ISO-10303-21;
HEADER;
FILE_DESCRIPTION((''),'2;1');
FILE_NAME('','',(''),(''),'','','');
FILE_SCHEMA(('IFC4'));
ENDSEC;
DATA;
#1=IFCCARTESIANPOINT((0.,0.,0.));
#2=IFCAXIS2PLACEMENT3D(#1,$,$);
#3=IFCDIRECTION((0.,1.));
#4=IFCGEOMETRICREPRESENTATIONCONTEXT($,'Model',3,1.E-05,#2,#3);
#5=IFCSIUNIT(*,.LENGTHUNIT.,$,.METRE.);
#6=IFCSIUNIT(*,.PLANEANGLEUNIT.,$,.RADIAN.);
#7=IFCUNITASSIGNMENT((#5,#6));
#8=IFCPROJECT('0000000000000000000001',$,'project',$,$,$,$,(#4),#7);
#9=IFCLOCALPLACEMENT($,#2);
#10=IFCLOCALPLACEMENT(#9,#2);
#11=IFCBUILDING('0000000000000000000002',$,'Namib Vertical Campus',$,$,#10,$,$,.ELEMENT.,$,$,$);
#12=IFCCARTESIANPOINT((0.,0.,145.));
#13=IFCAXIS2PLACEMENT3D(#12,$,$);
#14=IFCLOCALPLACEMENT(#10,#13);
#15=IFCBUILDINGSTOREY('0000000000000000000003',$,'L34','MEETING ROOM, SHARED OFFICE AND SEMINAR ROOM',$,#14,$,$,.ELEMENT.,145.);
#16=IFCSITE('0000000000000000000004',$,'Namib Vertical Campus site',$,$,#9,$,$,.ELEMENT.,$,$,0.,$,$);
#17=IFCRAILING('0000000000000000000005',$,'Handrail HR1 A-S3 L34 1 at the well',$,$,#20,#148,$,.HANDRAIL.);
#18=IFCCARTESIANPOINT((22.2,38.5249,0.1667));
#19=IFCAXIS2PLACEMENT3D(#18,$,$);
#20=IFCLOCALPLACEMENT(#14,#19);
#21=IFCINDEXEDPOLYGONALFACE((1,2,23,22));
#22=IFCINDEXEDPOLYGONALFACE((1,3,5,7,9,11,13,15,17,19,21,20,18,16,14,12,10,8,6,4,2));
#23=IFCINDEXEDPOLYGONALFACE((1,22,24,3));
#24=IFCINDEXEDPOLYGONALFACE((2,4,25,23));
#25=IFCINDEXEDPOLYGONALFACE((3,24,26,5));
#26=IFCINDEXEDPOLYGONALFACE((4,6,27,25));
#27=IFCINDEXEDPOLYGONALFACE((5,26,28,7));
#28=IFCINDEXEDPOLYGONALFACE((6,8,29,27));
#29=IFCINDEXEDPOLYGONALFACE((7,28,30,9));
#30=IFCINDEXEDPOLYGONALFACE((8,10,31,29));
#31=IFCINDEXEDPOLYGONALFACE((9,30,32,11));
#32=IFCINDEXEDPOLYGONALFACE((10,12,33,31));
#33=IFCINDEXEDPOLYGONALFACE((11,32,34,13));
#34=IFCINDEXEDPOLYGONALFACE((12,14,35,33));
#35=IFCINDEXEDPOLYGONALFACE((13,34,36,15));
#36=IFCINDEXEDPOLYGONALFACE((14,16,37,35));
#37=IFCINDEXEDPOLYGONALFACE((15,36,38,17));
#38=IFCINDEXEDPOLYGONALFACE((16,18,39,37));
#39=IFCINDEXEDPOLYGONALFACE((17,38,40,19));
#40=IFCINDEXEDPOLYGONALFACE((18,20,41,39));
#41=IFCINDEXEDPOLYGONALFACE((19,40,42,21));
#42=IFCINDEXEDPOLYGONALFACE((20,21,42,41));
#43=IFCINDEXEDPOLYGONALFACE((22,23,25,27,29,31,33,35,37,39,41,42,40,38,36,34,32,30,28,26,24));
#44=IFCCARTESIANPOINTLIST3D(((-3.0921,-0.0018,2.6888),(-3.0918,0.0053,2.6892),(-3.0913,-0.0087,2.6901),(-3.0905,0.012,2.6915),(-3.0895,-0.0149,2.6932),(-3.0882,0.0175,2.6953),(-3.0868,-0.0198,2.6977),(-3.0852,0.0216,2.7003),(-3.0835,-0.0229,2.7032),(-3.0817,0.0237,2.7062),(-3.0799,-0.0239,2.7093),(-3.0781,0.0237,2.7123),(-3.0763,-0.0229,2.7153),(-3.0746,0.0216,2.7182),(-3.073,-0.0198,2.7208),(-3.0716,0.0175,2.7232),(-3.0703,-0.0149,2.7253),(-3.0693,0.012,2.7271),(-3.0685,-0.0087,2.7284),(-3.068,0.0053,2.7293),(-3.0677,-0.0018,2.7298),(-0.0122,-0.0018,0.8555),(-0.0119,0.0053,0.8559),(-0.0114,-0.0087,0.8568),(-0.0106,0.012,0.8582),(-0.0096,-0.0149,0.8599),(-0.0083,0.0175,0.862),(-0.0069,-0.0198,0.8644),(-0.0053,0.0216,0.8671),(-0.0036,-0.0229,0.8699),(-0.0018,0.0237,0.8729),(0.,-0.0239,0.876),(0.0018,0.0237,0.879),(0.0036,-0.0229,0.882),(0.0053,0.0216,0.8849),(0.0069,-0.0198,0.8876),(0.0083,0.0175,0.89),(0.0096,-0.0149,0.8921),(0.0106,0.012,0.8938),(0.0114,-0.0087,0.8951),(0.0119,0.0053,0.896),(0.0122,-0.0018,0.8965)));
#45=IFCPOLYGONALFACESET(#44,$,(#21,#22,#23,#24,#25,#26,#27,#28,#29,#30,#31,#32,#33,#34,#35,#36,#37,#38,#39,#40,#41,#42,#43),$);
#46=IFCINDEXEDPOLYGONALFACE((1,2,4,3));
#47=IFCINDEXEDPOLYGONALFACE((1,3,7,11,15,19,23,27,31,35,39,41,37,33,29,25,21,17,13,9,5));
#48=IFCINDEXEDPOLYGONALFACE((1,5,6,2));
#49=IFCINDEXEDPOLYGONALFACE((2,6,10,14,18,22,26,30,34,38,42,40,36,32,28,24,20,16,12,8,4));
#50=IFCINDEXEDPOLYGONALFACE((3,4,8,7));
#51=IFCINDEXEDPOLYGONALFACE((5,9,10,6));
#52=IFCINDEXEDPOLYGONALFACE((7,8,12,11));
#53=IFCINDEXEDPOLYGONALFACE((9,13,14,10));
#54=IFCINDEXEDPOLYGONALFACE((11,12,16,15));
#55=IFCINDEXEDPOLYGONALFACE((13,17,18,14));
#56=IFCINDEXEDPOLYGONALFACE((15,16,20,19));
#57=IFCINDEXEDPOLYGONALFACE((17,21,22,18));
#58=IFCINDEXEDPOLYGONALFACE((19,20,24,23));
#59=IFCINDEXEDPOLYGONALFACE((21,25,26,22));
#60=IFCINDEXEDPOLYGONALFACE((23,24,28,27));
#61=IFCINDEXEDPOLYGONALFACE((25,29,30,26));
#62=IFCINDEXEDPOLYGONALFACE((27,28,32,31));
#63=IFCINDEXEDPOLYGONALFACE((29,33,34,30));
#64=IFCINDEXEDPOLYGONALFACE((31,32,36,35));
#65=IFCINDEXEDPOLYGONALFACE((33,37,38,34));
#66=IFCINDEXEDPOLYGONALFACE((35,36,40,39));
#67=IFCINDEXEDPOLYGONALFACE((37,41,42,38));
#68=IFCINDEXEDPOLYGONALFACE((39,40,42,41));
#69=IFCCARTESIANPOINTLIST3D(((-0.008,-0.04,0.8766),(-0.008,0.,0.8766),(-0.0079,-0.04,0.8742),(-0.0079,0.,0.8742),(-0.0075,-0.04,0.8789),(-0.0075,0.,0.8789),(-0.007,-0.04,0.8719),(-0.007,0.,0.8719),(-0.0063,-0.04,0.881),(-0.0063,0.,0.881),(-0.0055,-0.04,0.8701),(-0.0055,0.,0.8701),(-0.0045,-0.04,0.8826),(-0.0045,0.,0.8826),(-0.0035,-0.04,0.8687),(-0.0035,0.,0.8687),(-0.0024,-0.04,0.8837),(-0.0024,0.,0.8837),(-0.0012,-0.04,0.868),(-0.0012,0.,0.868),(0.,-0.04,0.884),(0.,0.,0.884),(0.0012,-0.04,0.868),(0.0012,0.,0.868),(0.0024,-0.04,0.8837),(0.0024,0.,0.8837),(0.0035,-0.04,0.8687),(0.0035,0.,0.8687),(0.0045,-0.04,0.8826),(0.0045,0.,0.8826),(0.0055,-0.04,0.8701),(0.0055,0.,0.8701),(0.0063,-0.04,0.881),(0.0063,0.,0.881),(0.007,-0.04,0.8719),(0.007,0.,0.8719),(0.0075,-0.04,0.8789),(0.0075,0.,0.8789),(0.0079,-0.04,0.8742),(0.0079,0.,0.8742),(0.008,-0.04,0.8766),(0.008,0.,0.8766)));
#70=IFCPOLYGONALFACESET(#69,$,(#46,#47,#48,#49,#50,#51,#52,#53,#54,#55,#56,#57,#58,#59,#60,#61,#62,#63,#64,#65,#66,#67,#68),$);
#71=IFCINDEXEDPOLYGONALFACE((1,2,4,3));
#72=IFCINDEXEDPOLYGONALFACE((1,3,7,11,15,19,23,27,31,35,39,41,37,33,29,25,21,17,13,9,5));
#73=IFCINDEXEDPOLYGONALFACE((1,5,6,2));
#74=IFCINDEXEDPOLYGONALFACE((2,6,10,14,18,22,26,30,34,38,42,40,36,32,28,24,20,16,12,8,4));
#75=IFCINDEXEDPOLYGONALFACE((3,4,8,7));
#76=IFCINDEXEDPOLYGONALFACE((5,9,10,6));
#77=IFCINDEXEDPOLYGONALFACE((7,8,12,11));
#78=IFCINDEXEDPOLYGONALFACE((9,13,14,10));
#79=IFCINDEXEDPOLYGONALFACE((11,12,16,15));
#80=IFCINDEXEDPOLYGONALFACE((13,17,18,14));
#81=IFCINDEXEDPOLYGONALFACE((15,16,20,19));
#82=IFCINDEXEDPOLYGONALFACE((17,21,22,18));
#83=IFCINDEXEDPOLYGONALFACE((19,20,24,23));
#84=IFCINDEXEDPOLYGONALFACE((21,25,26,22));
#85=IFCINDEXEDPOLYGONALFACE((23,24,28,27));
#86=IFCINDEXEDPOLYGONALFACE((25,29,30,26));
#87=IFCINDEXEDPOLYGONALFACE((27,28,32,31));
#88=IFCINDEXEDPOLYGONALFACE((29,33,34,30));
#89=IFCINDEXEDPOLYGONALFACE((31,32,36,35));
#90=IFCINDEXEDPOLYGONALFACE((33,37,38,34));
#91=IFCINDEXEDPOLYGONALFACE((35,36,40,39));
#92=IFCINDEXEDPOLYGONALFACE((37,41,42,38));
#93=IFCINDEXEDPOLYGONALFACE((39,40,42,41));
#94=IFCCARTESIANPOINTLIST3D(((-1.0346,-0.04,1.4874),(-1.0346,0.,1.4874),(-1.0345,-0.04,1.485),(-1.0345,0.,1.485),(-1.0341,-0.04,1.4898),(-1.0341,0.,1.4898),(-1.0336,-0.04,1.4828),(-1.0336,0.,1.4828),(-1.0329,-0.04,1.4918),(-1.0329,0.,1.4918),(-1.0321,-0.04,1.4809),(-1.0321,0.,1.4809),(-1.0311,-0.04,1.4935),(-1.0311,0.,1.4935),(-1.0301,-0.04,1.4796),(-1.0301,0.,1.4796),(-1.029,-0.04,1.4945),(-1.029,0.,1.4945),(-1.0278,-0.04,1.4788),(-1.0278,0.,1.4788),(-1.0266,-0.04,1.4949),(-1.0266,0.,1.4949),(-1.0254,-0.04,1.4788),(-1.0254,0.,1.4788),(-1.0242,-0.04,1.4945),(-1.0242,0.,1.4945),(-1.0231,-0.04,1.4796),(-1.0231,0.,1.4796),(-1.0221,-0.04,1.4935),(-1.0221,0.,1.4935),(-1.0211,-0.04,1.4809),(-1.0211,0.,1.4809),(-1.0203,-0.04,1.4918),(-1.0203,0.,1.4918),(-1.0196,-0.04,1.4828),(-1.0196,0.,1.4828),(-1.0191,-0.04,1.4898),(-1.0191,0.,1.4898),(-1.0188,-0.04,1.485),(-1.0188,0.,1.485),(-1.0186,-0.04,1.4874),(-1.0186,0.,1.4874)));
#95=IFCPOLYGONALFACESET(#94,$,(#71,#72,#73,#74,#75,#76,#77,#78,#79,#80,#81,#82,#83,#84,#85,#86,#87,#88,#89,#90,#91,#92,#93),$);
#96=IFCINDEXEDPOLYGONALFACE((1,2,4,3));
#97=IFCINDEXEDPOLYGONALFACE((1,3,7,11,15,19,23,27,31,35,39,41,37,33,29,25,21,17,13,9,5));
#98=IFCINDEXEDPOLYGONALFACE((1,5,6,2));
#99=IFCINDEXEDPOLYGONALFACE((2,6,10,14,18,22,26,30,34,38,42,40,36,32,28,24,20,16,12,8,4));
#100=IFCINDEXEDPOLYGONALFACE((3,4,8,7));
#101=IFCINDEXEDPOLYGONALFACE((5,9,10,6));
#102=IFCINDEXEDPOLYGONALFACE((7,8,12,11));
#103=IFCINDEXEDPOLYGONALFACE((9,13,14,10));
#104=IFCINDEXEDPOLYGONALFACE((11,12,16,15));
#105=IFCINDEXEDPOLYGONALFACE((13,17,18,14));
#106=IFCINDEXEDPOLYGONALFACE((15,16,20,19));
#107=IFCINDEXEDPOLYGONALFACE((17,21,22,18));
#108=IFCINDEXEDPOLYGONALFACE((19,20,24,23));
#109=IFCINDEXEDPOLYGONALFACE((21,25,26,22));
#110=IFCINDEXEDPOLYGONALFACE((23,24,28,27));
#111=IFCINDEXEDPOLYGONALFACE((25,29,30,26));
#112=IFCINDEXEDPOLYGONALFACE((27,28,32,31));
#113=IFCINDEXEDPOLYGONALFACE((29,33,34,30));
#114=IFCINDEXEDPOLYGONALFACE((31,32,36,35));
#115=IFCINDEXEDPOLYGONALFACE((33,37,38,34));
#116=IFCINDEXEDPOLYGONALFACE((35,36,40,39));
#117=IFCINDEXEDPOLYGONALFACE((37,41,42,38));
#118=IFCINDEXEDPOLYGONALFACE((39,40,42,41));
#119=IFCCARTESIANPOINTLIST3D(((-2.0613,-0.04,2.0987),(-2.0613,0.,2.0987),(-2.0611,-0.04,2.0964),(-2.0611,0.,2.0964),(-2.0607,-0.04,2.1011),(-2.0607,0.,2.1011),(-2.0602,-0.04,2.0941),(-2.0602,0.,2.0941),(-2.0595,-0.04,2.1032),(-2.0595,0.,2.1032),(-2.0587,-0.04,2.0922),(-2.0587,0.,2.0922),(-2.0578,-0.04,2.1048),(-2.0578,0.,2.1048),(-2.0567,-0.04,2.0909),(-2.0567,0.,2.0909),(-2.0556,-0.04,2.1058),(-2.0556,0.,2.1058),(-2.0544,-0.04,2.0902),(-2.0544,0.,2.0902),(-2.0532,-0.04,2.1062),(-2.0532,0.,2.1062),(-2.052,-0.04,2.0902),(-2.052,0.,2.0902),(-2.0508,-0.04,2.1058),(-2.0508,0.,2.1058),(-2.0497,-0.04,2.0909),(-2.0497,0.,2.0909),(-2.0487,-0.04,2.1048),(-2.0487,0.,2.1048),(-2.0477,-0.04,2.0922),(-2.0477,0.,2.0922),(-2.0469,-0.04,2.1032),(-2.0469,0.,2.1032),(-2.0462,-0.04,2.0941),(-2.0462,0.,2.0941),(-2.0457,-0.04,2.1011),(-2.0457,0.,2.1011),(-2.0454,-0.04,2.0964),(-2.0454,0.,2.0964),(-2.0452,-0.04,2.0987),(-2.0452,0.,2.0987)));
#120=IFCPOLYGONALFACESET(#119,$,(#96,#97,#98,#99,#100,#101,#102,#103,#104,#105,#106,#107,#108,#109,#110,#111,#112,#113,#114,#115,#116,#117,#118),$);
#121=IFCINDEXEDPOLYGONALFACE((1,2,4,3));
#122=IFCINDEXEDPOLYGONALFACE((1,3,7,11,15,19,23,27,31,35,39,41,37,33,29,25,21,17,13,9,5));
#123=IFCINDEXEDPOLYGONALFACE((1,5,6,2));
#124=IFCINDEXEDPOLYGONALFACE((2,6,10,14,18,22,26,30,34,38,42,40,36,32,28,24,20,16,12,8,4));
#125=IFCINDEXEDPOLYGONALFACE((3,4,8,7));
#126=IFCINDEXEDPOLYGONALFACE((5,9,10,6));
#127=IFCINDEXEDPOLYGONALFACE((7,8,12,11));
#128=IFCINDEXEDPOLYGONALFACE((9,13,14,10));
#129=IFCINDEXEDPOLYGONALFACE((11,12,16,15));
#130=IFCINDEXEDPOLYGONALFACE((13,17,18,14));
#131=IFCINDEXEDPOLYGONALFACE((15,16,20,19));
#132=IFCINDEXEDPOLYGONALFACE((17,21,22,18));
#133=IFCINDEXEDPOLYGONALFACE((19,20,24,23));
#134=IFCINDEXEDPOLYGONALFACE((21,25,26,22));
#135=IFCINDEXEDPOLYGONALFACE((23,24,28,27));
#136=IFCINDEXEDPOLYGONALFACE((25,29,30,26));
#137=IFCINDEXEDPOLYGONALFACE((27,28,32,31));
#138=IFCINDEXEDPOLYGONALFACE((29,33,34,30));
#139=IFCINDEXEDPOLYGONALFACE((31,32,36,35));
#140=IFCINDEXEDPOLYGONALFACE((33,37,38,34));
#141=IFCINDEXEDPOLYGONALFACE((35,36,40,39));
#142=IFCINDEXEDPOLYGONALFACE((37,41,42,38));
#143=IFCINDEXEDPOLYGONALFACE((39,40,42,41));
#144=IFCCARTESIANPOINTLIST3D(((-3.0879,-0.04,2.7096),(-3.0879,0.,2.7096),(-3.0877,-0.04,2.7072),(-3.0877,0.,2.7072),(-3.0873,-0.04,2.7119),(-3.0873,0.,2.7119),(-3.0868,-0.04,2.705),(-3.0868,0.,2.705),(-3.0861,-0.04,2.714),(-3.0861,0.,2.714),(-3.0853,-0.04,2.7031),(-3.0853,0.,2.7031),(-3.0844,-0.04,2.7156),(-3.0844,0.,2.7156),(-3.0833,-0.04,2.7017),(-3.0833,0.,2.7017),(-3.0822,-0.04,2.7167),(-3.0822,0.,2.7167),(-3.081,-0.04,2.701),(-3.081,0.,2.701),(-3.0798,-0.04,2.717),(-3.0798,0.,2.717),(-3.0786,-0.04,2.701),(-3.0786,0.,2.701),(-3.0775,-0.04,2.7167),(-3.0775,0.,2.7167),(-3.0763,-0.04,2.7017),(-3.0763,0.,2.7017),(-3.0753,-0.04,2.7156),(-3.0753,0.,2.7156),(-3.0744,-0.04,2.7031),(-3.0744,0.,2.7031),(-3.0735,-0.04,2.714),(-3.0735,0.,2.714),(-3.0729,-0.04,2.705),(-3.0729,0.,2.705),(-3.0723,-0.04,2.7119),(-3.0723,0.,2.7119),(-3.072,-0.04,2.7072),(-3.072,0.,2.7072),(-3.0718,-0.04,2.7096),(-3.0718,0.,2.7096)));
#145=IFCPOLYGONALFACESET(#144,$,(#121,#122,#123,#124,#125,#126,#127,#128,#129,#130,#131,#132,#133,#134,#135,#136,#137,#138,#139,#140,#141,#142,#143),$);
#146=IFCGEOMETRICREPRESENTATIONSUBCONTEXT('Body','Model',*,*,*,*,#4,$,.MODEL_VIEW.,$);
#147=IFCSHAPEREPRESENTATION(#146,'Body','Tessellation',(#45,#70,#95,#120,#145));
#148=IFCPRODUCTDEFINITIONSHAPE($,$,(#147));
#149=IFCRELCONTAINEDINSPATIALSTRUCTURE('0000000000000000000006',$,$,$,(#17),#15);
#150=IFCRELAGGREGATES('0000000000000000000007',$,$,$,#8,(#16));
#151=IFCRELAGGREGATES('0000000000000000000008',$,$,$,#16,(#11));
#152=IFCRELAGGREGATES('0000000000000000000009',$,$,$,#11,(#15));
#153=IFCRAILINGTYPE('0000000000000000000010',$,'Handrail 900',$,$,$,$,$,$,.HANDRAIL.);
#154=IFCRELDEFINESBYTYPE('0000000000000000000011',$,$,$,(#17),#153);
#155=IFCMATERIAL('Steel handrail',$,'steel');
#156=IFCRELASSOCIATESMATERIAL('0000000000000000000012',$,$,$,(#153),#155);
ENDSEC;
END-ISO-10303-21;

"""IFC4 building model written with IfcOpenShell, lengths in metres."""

from ifc_helpers import new_model, si_unit, direction, frame, origin, origin_2d, place, context, subcontext, project, spatial, circle, extrude, material, type_object, element, save


model = new_model("IFC4")

# Units and contexts
model_context = context("Model", 3, precision=1e-05, world=origin(), true_north=direction((0.0, 1.0)))
body_context = subcontext(model_context, "Body", "Model", "MODEL_VIEW")
ifc_project = project(units=[si_unit("LENGTHUNIT", "METRE"), si_unit("PLANEANGLEUNIT", "RADIAN")], contexts=[model_context])

# Site, building, storey
site_placement = place(None, origin())
site = spatial("IfcSite", under=ifc_project, at=site_placement, Name="Namib Vertical Campus site", CompositionType="ELEMENT", RefElevation=0.0)
building_placement = place(site_placement, origin())
building = spatial("IfcBuilding", under=site, at=building_placement, Name="Namib Vertical Campus", CompositionType="ELEMENT")
storey_placement = place(building_placement, frame((0.0, 0.0, 145.0)))
storey = spatial("IfcBuildingStorey", under=building, at=storey_placement, Name="L34", Description="MEETING ROOM, SHARED OFFICE AND SEMINAR ROOM", CompositionType="ELEMENT", Elevation=145.0)

# Railing
ifc_material_1 = material(Name="Steel handrail", Category="steel")
railing_type_1 = type_object("IfcRailingType", Name="Handrail 900", PredefinedType="HANDRAIL", material=ifc_material_1)
railing_1_placement = place(storey_placement, frame((22.2, 38.5249, 0.1667)))
element("IfcRailing", 1, at=railing_1_placement, inside=storey, type_object=railing_type_1, Name="Handrail HR1 A-S3 L34 1 at the well", PredefinedType="HANDRAIL", context=body_context, shape_type="SweptSolid", body=[
    extrude(circle(Radius=0.0239, at=origin_2d()), frame((0.0, 0.0, 0.876), z_axis=(-0.859291, 0.0, 0.511487), x_axis=(0.0, -1.0, 0.0)), (0.0, 0.0, 1.0), 3.5842),
    extrude(circle(Radius=0.0081, at=origin_2d()), frame((0.0, 0.0, 0.876), z_axis=(0.0, -1.0, 0.0), x_axis=(0.0, 0.0, 1.0)), (0.0, 0.0, 1.0), 0.04),
    extrude(circle(Radius=0.0081, at=origin_2d()), frame((-1.0266, 0.0, 1.4868), z_axis=(0.0, -1.0, 0.0), x_axis=(0.0, 0.0, 1.0)), (0.0, 0.0, 1.0), 0.04),
    extrude(circle(Radius=0.0081, at=origin_2d()), frame((-2.0532, 0.0, 2.0981), z_axis=(0.0, -1.0, 0.0), x_axis=(0.0, 0.0, 1.0)), (0.0, 0.0, 1.0), 0.04),
    extrude(circle(Radius=0.0081, at=origin_2d()), frame((-3.0798, 0.0, 2.709), z_axis=(0.0, -1.0, 0.0), x_axis=(0.0, 0.0, 1.0)), (0.0, 0.0, 1.0), 0.04),
])

save(model, "model.ifc")
